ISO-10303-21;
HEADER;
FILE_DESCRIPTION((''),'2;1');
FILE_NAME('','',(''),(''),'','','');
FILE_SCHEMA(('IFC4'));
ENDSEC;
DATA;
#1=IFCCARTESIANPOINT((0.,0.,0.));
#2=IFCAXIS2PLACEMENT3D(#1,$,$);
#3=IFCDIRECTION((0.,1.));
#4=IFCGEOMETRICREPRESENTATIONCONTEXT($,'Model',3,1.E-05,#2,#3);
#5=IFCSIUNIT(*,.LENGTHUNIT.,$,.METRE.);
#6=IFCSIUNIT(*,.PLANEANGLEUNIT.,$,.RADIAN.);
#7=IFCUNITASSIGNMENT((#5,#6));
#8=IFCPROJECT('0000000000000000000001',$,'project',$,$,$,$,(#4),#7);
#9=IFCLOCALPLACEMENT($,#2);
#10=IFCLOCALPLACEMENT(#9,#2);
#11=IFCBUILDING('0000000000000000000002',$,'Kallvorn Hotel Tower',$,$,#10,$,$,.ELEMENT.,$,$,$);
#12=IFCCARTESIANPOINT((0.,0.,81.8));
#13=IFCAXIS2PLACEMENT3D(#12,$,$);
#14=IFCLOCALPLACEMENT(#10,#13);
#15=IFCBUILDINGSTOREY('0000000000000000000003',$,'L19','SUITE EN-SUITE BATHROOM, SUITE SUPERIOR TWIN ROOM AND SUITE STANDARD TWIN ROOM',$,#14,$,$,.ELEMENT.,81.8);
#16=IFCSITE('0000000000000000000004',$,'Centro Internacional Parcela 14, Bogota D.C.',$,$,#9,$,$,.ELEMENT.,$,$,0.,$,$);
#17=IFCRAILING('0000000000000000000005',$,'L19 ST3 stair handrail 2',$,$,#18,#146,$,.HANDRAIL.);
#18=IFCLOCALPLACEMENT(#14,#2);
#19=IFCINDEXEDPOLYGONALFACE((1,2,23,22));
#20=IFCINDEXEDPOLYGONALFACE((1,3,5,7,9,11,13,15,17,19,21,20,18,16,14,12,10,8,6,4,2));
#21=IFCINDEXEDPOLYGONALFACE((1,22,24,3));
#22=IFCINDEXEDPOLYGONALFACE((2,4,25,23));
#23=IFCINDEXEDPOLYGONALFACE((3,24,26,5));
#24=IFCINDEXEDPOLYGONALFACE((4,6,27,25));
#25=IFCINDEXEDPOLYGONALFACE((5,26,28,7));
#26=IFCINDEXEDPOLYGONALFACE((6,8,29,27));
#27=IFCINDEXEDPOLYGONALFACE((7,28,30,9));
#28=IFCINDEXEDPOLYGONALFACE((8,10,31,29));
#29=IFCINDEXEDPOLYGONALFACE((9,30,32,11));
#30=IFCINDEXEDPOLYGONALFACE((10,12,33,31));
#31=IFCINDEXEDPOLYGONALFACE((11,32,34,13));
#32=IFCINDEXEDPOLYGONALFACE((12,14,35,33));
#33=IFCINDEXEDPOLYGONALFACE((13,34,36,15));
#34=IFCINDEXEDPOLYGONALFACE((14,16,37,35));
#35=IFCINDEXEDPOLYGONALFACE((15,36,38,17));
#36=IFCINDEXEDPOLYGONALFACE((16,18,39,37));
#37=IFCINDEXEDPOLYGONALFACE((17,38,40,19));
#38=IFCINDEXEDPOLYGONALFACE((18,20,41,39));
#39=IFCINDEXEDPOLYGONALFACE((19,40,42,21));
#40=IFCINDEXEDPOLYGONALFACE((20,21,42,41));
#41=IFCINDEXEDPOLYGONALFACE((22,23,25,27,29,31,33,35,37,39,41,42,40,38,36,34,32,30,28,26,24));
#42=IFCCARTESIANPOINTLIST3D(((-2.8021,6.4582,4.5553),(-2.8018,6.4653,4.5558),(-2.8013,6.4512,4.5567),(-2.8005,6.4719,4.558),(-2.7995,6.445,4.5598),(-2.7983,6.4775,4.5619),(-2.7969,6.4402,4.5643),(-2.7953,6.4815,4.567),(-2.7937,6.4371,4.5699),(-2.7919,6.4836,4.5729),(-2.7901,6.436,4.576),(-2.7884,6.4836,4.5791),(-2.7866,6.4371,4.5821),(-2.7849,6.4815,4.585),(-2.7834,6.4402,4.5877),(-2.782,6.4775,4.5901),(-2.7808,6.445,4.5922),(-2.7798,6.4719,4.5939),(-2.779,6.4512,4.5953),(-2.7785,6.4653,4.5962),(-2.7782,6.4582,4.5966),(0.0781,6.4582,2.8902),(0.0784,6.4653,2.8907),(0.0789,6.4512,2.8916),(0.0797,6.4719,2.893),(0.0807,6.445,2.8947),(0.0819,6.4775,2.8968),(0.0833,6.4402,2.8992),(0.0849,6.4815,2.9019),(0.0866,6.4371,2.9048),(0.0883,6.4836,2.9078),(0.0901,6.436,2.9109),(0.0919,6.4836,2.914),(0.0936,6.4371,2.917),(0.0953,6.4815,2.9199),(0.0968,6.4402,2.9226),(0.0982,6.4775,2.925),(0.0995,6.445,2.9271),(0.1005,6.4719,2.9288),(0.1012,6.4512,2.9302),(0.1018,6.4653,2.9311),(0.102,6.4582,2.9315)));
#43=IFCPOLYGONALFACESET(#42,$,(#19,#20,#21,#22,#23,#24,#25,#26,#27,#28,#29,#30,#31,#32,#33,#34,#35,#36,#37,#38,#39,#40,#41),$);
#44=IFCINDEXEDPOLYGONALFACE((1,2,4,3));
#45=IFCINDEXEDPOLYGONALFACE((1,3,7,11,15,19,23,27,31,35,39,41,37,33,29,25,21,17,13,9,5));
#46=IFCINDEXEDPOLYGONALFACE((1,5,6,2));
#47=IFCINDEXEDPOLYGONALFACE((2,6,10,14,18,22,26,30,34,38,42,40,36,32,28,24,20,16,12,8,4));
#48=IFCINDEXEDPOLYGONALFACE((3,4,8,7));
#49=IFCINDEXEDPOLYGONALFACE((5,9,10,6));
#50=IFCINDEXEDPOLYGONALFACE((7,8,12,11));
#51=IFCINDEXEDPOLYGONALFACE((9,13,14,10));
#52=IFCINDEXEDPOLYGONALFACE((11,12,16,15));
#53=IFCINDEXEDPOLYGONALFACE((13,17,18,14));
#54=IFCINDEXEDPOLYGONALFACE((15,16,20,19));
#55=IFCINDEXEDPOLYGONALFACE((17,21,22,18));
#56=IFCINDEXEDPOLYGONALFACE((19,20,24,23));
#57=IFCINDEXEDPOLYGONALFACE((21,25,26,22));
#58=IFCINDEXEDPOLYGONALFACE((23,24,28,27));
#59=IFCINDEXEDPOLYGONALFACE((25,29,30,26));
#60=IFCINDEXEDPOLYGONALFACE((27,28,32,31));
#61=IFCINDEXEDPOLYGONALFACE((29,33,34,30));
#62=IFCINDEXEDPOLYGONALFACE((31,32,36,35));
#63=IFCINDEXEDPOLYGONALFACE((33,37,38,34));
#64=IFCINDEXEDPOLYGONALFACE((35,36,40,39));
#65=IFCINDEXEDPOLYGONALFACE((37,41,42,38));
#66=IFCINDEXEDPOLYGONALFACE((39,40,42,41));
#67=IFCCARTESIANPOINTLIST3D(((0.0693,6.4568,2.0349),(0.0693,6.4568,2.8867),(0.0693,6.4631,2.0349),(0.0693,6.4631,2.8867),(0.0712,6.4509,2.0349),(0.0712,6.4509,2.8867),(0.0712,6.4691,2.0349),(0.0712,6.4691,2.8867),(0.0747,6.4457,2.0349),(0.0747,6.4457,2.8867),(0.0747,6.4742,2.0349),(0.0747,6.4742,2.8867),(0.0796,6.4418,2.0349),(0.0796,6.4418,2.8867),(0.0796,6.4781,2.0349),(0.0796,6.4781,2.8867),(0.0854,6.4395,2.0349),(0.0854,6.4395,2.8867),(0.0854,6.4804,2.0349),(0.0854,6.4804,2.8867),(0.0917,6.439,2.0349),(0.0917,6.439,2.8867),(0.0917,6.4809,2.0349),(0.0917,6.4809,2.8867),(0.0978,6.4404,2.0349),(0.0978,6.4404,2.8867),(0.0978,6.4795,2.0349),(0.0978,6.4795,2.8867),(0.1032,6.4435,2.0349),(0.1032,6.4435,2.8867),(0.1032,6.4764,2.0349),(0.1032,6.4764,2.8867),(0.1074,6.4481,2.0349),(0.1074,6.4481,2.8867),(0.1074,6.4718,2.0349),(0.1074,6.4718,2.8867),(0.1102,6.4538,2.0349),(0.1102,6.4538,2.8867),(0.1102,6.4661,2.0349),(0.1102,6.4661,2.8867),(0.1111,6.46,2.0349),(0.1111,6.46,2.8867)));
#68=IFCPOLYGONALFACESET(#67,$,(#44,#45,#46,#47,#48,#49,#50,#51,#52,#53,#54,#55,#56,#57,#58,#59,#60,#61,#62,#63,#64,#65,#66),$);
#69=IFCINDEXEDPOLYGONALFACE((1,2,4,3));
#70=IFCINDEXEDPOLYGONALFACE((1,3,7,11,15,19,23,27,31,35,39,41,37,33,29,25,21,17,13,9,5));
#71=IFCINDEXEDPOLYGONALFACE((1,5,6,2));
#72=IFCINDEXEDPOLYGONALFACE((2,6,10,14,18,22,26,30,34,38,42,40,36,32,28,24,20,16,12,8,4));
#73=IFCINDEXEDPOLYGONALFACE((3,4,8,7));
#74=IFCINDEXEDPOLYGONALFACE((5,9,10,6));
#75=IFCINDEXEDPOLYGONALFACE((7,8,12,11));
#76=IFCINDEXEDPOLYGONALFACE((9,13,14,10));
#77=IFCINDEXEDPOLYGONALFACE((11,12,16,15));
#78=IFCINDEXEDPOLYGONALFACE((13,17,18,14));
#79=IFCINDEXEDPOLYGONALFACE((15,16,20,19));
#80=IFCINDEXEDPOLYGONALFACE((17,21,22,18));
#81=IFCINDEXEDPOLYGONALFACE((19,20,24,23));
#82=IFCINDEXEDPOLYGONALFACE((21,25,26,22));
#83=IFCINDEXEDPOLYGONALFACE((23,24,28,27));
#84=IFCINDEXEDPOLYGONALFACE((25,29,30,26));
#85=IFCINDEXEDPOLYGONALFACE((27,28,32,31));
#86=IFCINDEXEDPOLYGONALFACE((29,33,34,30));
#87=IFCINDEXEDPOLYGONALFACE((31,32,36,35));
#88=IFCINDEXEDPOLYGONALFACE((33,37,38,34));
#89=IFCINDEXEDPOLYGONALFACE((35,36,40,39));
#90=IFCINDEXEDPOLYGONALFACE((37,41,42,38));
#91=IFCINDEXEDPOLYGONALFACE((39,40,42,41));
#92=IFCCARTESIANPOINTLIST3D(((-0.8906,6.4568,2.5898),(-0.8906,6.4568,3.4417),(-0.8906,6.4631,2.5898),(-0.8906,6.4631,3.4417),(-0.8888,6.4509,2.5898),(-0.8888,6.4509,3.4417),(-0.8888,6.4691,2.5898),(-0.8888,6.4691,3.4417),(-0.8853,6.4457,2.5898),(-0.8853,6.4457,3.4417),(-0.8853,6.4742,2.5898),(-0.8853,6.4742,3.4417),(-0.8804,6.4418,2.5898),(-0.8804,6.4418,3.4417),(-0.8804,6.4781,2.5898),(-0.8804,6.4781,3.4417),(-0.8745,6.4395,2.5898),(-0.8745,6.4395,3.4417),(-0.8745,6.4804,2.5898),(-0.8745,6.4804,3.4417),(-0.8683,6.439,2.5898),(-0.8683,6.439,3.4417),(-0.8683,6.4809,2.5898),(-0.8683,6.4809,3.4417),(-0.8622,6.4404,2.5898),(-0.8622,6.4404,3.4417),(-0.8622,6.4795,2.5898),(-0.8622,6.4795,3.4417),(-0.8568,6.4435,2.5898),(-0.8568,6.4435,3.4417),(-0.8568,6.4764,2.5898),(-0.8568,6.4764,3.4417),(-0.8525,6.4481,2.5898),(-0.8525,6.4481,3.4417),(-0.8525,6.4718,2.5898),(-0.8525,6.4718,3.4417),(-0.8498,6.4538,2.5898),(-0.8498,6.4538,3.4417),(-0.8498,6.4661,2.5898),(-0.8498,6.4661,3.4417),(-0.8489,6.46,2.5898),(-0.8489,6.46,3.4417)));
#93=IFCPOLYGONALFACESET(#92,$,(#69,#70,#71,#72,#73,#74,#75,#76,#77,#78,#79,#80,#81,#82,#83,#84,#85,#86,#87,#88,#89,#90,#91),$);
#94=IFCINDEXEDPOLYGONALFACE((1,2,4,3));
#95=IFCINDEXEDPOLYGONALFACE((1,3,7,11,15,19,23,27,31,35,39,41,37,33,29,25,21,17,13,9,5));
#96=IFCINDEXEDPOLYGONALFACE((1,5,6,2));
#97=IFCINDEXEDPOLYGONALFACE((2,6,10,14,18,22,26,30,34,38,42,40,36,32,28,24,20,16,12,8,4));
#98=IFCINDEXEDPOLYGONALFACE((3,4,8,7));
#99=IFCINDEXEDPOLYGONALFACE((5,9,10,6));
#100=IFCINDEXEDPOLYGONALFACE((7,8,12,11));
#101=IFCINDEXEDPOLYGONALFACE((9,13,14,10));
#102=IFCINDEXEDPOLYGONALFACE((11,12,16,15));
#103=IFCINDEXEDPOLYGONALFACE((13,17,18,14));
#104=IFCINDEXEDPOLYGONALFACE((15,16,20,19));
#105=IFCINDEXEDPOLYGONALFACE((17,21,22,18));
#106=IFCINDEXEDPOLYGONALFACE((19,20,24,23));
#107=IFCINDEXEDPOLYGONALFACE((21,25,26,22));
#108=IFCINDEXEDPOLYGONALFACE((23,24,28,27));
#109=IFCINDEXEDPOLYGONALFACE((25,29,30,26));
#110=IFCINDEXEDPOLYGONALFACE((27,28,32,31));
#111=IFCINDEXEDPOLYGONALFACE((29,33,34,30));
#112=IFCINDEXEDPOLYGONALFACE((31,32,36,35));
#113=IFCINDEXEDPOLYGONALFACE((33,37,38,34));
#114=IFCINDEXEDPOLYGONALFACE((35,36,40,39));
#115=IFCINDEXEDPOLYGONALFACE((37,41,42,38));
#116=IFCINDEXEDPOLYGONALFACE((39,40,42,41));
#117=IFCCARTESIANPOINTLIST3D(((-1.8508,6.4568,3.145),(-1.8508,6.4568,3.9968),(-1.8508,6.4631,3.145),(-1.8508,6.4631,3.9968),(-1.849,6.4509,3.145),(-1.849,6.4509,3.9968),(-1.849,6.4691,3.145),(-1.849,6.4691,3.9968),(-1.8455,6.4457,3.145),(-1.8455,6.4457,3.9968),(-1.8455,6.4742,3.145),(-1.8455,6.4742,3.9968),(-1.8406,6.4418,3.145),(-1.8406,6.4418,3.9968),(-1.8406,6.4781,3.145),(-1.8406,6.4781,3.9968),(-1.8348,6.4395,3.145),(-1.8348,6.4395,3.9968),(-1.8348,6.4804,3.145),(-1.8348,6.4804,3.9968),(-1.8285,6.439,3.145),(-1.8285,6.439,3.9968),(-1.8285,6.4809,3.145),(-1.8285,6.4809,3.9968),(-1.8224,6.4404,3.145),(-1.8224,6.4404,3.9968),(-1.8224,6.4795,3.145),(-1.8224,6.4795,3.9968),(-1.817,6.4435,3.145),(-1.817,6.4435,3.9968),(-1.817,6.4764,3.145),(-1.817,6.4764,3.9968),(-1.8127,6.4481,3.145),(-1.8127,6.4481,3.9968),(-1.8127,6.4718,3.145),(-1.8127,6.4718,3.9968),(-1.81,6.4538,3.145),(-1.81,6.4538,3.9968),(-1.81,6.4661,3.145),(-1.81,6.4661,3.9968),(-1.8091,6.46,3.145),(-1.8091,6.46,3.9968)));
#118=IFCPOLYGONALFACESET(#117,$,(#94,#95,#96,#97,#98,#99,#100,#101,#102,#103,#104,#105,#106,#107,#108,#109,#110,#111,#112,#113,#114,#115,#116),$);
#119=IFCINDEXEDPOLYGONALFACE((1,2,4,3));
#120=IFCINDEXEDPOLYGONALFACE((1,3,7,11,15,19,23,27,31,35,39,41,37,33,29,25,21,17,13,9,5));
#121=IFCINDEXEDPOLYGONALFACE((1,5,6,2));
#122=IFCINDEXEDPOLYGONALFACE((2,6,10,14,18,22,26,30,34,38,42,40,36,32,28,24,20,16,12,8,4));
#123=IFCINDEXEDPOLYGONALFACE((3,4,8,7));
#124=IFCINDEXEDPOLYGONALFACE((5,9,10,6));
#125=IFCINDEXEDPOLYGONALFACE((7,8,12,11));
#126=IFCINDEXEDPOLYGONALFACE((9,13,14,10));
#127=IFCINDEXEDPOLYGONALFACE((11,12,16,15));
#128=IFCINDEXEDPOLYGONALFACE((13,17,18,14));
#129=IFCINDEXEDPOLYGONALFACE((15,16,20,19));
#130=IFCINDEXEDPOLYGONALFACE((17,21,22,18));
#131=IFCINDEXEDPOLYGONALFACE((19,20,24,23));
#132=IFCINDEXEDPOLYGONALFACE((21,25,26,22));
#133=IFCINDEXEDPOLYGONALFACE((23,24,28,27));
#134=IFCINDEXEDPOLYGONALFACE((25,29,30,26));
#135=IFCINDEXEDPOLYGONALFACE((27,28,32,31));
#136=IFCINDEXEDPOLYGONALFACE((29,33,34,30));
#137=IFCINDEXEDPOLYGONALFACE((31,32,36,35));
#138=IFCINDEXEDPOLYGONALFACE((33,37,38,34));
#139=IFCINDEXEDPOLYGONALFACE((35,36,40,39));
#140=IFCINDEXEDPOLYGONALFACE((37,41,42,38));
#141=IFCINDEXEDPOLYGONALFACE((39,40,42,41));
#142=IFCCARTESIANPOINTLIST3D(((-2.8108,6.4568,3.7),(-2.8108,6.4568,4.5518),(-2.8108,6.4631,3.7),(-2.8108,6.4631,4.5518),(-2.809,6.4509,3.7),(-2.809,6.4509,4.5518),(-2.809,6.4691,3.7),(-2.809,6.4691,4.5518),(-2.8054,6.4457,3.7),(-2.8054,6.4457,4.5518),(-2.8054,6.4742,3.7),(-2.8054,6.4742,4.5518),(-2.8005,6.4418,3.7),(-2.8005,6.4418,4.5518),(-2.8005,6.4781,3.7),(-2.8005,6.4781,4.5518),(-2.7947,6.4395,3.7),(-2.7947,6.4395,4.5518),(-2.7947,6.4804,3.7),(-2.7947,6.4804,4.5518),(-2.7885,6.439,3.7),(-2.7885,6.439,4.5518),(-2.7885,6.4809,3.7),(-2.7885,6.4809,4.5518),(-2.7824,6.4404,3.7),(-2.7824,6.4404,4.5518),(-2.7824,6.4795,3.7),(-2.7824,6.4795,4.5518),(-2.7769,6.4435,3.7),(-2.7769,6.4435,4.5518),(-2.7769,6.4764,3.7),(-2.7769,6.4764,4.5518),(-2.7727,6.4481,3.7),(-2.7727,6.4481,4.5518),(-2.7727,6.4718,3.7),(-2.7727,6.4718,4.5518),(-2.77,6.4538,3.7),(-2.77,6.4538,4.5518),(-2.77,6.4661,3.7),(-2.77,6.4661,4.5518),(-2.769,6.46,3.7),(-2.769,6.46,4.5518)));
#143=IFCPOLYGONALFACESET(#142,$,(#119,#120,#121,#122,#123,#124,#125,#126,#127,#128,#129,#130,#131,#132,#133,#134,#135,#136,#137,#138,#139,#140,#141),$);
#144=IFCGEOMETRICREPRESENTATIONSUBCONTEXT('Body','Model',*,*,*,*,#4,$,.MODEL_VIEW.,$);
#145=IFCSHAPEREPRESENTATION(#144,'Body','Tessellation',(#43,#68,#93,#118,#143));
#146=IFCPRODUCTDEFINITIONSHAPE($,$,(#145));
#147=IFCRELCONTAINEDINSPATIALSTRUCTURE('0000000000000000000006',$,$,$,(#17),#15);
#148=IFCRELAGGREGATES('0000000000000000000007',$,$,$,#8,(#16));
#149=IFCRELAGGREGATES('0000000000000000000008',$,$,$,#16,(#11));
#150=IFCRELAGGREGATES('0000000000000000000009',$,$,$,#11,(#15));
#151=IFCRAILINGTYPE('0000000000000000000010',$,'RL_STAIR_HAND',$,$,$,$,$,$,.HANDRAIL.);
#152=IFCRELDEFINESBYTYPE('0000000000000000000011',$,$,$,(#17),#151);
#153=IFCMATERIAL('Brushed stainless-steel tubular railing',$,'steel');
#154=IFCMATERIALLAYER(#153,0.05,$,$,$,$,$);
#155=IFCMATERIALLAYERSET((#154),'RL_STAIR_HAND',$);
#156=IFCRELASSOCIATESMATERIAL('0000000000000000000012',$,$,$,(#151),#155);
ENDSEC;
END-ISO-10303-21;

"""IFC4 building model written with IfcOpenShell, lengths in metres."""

from ifc_helpers import new_model, si_unit, direction, frame, origin, origin_2d, place, context, subcontext, project, spatial, circle, extrude, material, layer, layer_set, type_object, element, save


model = new_model("IFC4")

# Units and contexts
model_context = context("Model", 3, precision=1e-05, world=origin(), true_north=direction((0.0, 1.0)))
body_context = subcontext(model_context, "Body", "Model", "MODEL_VIEW")
ifc_project = project(units=[si_unit("LENGTHUNIT", "METRE"), si_unit("PLANEANGLEUNIT", "RADIAN")], contexts=[model_context])

# Site, building, storey
site_placement = place(None, origin())
site = spatial("IfcSite", under=ifc_project, at=site_placement, Name="Centro Internacional Parcela 14, Bogota D.C.", CompositionType="ELEMENT", RefElevation=0.0)
building_placement = place(site_placement, origin())
building = spatial("IfcBuilding", under=site, at=building_placement, Name="Kallvorn Hotel Tower", CompositionType="ELEMENT")
storey_placement = place(building_placement, frame((0.0, 0.0, 81.8)))
storey = spatial("IfcBuildingStorey", under=building, at=storey_placement, Name="L19", Description="SUITE EN-SUITE BATHROOM, SUITE SUPERIOR TWIN ROOM AND SUITE STANDARD TWIN ROOM", CompositionType="ELEMENT", Elevation=81.8)

# Railing
ifc_material_1 = material(Name="Brushed stainless-steel tubular railing", Category="steel")
ifc_layer_1 = layer(ifc_material_1, 0.05)
ifc_layer_set_1 = layer_set([ifc_layer_1], Name="RL_STAIR_HAND")
railing_type_1 = type_object("IfcRailingType", Name="RL_STAIR_HAND", PredefinedType="HANDRAIL", material=ifc_layer_set_1)
railing_1_placement = place(storey_placement, frame((0.0901, 6.46, 2.0349)))
element("IfcRailing", 1, at=railing_1_placement, inside=storey, type_object=railing_type_1, Name="L19 ST3 stair handrail 2", PredefinedType="HANDRAIL", context=body_context, shape_type="SweptSolid", body=[
    extrude(circle(Radius=0.0239, at=origin_2d()), frame((0.0, 0.0, 0.876), z_axis=(-0.865739, 0.0, 0.500495), x_axis=(0.0, -1.0, 0.0)), (0.0, 0.0, 1.0), 3.3269),
    extrude(circle(Radius=0.021, at=origin_2d()), origin(), (0.0, 0.0, 1.0), 0.8518),
    extrude(circle(Radius=0.021, at=origin_2d()), frame((-0.96, 0.0, 0.5549)), (0.0, 0.0, 1.0), 0.8518),
    extrude(circle(Radius=0.021, at=origin_2d()), frame((-1.9202, 0.0, 1.1101)), (0.0, 0.0, 1.0), 0.8518),
    extrude(circle(Radius=0.021, at=origin_2d()), frame((-2.8801, 0.0, 1.665)), (0.0, 0.0, 1.0), 0.8518),
])

save(model, "model.ifc")
